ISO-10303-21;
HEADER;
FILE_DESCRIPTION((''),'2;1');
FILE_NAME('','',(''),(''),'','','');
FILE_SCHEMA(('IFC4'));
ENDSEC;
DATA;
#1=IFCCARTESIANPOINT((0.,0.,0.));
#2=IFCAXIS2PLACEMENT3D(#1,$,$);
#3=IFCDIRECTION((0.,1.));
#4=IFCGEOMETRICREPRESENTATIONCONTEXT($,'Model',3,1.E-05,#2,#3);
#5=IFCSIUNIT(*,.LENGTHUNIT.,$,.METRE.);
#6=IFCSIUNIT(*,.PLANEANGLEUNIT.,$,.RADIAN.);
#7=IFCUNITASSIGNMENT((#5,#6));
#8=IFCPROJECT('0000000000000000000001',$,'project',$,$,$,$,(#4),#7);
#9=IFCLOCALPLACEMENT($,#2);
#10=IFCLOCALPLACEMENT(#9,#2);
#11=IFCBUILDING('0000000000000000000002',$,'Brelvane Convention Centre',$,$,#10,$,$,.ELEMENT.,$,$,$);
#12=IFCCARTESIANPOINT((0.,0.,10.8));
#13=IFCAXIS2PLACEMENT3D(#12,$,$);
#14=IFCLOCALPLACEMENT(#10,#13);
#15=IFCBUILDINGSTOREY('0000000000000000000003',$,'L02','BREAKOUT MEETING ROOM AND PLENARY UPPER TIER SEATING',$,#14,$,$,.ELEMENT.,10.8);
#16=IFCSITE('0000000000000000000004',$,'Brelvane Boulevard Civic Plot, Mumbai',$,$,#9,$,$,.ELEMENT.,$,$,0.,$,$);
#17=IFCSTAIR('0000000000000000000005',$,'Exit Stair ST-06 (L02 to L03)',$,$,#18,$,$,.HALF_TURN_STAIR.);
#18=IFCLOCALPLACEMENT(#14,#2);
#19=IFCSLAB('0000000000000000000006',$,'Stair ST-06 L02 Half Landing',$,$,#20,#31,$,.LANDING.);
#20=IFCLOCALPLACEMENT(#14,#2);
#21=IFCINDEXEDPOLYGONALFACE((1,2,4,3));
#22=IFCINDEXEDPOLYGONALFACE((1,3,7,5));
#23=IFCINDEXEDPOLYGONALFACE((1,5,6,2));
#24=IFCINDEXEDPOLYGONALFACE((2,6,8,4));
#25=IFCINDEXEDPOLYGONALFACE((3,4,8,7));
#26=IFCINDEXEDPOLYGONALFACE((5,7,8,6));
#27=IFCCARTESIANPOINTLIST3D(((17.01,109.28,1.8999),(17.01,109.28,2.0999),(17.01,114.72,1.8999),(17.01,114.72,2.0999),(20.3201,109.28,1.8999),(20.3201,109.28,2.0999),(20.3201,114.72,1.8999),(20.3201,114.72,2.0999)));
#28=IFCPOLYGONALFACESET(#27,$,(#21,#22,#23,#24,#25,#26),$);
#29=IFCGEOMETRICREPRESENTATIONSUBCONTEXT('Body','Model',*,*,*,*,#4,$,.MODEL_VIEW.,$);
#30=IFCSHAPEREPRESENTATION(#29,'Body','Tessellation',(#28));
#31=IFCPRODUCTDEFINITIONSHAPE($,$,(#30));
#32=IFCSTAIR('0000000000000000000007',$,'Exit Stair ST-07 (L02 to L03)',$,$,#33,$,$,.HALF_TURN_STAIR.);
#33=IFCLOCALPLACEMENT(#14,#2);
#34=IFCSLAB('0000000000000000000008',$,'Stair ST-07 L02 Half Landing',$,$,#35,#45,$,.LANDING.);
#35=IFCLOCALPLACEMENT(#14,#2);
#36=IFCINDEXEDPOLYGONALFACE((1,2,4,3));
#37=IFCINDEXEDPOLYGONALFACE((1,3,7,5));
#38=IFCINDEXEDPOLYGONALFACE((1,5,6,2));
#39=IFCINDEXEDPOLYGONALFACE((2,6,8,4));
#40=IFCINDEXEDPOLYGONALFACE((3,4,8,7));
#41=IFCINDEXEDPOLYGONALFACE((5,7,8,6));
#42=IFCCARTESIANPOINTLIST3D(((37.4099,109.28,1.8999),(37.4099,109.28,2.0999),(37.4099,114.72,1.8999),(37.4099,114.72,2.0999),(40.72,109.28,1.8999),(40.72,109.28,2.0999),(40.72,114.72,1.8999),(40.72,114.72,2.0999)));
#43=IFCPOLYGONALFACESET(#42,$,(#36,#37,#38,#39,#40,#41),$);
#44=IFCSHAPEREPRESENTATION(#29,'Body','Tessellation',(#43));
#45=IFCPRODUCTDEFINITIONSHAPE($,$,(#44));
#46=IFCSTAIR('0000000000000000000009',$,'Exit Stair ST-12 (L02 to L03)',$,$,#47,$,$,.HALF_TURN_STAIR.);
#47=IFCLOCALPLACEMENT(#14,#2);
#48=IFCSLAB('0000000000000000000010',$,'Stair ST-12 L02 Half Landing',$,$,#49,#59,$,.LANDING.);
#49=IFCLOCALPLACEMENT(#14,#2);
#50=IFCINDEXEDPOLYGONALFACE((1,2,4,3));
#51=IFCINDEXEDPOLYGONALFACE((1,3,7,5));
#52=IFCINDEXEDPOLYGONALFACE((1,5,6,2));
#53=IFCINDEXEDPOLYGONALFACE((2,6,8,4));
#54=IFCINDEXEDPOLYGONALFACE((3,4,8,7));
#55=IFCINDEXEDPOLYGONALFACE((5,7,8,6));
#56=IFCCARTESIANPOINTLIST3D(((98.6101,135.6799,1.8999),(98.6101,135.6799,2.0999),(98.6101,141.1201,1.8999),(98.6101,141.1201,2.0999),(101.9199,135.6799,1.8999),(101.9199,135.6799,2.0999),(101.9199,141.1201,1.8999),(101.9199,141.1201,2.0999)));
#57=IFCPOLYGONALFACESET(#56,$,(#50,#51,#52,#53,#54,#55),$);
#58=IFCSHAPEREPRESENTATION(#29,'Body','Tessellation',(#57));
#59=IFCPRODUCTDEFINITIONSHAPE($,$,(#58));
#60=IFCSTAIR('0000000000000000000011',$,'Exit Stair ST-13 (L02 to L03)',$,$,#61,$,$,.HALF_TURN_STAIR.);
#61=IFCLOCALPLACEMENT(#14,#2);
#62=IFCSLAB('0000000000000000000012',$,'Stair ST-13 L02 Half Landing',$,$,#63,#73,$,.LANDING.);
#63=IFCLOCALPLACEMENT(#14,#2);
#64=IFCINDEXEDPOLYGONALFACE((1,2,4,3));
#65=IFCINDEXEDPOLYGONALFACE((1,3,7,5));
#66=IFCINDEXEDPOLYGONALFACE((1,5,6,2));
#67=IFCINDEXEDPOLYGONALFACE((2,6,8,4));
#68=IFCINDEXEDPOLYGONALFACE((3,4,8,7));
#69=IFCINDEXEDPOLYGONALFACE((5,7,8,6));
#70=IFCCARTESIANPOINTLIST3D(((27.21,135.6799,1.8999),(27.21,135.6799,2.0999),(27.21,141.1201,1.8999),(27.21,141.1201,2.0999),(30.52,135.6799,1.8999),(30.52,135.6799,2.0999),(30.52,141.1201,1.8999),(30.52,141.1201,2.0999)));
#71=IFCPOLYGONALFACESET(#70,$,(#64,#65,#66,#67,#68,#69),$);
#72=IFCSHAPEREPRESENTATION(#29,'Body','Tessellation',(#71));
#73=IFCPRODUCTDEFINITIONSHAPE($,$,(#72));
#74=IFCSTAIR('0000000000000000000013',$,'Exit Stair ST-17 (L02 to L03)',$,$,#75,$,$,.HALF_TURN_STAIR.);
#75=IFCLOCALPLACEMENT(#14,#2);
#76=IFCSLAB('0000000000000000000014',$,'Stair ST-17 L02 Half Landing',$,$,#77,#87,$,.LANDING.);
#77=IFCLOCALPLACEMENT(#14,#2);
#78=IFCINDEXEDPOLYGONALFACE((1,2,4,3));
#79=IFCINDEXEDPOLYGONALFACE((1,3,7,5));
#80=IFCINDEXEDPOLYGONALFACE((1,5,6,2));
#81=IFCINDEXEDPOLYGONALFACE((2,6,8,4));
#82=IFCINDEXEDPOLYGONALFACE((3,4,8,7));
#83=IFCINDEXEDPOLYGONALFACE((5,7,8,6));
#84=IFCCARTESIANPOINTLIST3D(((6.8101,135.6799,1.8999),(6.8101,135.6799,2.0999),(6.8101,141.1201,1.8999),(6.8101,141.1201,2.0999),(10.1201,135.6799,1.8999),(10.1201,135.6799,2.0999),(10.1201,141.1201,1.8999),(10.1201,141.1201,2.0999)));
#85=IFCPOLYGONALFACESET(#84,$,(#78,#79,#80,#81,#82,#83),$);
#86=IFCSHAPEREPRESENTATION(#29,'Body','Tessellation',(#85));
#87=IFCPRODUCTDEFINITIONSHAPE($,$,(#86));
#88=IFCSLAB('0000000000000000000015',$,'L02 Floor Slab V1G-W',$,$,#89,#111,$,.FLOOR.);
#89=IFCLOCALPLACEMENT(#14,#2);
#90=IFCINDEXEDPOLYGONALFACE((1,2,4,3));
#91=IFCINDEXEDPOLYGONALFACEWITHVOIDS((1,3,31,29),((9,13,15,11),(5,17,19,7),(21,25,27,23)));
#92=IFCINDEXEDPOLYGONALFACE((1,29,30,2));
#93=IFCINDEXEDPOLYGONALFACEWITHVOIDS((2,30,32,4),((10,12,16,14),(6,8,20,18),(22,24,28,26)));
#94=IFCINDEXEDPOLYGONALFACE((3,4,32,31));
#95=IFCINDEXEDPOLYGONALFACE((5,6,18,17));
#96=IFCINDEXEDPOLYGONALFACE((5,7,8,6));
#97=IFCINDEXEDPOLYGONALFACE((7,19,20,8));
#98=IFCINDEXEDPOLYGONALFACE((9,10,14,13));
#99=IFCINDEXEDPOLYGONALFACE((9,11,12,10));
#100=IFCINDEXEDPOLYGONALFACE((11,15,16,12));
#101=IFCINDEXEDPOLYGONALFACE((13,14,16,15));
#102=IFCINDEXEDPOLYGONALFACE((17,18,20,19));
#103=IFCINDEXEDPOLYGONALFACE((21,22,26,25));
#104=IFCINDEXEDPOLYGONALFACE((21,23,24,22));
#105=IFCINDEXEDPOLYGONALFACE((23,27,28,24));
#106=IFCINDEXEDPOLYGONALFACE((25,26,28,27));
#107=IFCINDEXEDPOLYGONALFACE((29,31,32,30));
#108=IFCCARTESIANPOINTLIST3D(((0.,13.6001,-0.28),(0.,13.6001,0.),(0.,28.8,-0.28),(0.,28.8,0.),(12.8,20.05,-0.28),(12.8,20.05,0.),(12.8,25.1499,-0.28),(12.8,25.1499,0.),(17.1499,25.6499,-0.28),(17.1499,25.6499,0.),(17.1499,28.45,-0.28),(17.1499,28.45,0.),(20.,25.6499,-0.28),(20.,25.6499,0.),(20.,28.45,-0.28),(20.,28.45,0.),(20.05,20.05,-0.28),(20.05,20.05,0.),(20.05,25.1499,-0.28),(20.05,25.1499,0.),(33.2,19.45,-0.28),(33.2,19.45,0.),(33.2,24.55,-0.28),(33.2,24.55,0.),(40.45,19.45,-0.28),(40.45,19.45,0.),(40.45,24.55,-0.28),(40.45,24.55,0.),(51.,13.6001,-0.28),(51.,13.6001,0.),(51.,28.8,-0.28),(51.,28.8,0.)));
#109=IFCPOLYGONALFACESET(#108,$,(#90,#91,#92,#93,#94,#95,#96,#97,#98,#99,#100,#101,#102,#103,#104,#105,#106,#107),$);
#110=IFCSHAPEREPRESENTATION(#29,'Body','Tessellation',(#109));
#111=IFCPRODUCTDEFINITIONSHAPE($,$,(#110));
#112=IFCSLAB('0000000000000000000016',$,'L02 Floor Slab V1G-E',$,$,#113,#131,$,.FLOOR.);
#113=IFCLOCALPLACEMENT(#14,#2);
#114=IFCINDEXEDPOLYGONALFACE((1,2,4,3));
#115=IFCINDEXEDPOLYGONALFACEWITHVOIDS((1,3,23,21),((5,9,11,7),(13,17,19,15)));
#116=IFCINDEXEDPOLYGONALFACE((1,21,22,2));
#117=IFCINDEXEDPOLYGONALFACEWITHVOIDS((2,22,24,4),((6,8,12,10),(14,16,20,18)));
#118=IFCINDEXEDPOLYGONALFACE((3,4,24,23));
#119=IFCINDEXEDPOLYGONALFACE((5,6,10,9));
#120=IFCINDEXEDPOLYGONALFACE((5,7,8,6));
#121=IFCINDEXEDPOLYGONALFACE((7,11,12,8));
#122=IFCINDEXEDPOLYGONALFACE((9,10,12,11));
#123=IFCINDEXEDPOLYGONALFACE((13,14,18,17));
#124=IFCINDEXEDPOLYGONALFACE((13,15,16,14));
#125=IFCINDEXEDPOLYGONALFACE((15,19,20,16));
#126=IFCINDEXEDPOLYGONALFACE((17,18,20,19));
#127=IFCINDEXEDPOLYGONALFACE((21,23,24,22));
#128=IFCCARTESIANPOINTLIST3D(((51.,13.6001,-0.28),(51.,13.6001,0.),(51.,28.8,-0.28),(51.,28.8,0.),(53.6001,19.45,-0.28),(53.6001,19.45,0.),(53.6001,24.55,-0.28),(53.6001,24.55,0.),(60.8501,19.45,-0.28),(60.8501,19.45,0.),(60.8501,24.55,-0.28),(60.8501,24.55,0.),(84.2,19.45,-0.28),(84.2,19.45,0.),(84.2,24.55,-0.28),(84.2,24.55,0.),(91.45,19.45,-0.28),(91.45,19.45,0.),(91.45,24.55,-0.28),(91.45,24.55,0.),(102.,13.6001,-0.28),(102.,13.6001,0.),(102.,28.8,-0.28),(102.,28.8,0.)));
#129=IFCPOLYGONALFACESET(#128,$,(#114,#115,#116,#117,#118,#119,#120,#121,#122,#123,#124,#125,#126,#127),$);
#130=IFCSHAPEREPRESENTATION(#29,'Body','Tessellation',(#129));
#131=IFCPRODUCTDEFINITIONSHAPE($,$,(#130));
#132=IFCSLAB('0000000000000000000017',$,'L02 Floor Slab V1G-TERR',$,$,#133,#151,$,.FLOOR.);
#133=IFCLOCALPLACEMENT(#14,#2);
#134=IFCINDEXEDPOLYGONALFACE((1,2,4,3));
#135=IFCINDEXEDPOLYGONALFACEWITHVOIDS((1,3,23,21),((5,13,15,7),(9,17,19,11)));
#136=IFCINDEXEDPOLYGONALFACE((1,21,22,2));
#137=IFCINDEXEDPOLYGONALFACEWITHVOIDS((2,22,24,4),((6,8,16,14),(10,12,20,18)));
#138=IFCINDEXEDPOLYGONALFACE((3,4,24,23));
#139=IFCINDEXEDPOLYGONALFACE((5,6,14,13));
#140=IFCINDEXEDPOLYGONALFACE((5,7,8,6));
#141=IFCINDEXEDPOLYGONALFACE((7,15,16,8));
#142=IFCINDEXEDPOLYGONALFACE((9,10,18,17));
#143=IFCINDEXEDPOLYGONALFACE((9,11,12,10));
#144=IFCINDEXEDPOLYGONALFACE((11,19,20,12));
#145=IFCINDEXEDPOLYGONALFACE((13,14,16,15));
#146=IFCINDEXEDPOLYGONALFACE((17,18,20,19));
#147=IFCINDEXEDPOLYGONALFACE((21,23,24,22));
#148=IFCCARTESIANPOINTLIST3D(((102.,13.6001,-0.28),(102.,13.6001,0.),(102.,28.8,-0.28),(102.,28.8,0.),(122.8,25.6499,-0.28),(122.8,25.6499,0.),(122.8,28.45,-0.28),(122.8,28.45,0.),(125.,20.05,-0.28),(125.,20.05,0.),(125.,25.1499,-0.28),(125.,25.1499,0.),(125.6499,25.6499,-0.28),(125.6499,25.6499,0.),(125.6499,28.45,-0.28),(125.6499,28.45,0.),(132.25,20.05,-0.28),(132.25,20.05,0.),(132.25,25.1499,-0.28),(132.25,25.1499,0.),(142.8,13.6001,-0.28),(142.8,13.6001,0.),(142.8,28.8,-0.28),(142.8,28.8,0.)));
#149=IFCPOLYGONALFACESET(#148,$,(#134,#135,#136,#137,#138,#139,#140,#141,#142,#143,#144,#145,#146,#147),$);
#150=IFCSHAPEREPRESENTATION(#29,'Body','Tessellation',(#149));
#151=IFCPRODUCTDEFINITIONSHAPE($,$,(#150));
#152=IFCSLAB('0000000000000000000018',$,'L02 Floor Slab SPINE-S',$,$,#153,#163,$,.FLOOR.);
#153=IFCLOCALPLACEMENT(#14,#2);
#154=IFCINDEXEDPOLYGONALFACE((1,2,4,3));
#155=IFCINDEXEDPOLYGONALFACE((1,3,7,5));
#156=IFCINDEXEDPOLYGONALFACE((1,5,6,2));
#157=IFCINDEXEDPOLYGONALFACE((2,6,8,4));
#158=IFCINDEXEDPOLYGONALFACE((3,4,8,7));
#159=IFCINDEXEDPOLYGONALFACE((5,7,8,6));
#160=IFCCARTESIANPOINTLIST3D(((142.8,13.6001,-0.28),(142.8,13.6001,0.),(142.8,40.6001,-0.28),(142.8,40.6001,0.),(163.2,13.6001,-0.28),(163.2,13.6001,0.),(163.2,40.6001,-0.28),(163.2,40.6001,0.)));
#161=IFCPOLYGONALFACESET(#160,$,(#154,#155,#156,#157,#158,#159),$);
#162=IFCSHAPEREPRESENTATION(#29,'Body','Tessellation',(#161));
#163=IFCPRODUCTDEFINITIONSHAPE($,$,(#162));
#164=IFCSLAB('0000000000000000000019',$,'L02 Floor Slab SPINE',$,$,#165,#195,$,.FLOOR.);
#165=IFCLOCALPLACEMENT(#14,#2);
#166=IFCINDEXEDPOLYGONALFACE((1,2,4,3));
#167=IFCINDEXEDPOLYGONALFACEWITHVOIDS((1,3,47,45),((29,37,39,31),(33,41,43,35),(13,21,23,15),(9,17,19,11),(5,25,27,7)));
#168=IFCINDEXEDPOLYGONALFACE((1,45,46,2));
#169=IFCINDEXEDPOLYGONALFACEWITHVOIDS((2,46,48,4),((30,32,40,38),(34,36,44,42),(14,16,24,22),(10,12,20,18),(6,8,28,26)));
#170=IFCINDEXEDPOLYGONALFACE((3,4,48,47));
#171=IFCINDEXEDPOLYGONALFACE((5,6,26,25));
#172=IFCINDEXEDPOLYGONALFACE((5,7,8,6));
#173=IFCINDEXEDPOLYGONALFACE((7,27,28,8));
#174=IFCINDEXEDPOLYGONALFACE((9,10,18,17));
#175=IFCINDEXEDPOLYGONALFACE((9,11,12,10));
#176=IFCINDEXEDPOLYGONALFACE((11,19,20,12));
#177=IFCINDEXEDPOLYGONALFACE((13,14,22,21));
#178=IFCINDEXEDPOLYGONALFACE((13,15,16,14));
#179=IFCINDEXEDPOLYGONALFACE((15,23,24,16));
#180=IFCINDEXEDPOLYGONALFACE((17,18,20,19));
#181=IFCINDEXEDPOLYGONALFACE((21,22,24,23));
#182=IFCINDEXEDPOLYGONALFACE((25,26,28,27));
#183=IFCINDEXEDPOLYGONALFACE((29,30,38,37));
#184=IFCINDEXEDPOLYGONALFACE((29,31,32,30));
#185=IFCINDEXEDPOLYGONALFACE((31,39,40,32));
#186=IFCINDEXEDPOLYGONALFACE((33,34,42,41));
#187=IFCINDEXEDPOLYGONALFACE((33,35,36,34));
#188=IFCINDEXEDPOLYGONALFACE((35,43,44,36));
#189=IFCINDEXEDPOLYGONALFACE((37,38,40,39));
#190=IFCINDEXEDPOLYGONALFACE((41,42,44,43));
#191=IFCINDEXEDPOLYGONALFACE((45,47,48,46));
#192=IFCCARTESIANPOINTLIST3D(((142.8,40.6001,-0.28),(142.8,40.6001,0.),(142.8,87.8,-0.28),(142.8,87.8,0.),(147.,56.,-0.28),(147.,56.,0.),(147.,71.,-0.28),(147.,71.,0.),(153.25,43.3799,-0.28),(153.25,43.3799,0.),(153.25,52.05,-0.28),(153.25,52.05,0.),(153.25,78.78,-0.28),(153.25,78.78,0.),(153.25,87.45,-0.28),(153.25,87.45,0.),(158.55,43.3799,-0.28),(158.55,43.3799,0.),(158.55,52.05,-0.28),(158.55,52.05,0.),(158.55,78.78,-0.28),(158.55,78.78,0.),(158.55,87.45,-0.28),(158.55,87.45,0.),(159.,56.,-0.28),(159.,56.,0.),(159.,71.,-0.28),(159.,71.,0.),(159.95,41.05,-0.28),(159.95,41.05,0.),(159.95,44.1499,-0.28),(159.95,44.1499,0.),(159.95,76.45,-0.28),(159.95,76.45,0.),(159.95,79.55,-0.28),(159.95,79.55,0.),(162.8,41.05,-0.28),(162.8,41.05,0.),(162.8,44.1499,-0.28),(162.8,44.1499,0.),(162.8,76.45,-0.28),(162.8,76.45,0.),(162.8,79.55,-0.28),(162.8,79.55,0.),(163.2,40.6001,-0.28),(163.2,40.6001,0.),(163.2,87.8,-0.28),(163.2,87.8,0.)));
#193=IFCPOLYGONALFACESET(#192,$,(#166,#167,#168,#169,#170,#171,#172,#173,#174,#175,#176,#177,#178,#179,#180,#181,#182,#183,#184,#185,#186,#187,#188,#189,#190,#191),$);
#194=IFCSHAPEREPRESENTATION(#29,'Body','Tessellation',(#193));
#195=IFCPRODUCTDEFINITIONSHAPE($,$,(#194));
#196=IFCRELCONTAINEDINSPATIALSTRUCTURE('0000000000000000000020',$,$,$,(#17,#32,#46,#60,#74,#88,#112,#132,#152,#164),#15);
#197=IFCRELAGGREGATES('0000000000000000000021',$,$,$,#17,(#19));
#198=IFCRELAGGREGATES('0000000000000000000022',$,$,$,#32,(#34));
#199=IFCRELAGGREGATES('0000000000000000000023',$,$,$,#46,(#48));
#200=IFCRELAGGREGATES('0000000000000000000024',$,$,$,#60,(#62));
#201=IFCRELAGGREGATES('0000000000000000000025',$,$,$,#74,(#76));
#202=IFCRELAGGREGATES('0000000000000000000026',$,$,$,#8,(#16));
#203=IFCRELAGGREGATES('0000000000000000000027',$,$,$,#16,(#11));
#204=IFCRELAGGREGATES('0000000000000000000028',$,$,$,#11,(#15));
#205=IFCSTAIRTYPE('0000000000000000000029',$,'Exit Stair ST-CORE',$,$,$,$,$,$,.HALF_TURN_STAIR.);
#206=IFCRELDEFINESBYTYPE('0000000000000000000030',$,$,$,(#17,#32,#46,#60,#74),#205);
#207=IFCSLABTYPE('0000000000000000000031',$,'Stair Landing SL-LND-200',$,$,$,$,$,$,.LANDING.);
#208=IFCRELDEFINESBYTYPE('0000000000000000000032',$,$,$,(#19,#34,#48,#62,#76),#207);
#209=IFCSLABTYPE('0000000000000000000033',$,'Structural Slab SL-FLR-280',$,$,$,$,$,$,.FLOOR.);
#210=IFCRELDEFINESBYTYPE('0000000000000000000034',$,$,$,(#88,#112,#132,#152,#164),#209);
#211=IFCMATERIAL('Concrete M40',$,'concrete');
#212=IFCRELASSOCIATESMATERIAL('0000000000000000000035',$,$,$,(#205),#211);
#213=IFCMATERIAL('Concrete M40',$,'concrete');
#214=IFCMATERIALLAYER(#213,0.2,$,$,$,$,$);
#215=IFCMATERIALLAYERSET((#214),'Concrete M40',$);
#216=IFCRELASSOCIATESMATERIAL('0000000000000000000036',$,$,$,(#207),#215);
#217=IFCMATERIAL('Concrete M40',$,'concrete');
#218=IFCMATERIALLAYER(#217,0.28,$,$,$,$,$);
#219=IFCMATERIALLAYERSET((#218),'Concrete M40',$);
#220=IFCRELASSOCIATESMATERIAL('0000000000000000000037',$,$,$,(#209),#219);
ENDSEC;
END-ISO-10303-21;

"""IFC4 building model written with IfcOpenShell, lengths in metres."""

from ifc_helpers import new_model, si_unit, direction, frame, origin, place, context, subcontext, project, spatial, polyline, outline, extrude, material, layer, layer_set, type_object, element, aggregate, save


model = new_model("IFC4")

# Units and contexts
model_context = context("Model", 3, precision=1e-05, world=origin(), true_north=direction((0.0, 1.0)))
body_context = subcontext(model_context, "Body", "Model", "MODEL_VIEW")
ifc_project = project(units=[si_unit("LENGTHUNIT", "METRE"), si_unit("PLANEANGLEUNIT", "RADIAN")], contexts=[model_context])

# Site, building, storey
site_placement = place(None, origin())
site = spatial("IfcSite", under=ifc_project, at=site_placement, Name="Brelvane Boulevard Civic Plot, Mumbai", CompositionType="ELEMENT", RefElevation=0.0)
building_placement = place(site_placement, origin())
building = spatial("IfcBuilding", under=site, at=building_placement, Name="Brelvane Convention Centre", CompositionType="ELEMENT")
storey_placement = place(building_placement, frame((0.0, 0.0, 10.8)))
storey = spatial("IfcBuildingStorey", under=building, at=storey_placement, Name="L02", Description="BREAKOUT MEETING ROOM AND PLENARY UPPER TIER SEATING", CompositionType="ELEMENT", Elevation=10.8)

# Stairs, slabs
ifc_material_1 = material(Name="Concrete M40", Category="concrete")
stair_type = type_object("IfcStairType", Name="Exit Stair ST-CORE", PredefinedType="HALF_TURN_STAIR", material=ifc_material_1)
stair_1_placement = place(storey_placement, origin())
stair_1 = element("IfcStair", 1, at=stair_1_placement, inside=storey, type_object=stair_type, Name="Exit Stair ST-06 (L02 to L03)", PredefinedType="HALF_TURN_STAIR")
ifc_material_2 = material(Name="Concrete M40", Category="concrete")
ifc_layer_1 = layer(ifc_material_2, 0.2)
ifc_layer_set_1 = layer_set([ifc_layer_1], Name="Concrete M40")
slab_type_1 = type_object("IfcSlabType", Name="Stair Landing SL-LND-200", PredefinedType="LANDING", material=ifc_layer_set_1)
slab_1_placement = place(storey_placement, frame((0.0, 0.0, 1.8999)))
slab_1 = element("IfcSlab", 2, at=slab_1_placement, type_object=slab_type_1, Name="Stair ST-06 L02 Half Landing", PredefinedType="LANDING", context=body_context, shape_type="SweptSolid", body=[
    extrude(outline(polyline([(17.01, 109.28), (20.3201, 109.28), (20.3201, 114.72), (17.01, 114.72), (17.01, 109.28)])), origin(), (0.0, 0.0, 1.0), 0.2),
])
aggregate(stair_1, [slab_1])
stair_2_placement = place(storey_placement, origin())
stair_2 = element("IfcStair", 3, at=stair_2_placement, inside=storey, type_object=stair_type, Name="Exit Stair ST-07 (L02 to L03)", PredefinedType="HALF_TURN_STAIR")
slab_2_placement = place(storey_placement, frame((0.0, 0.0, 1.8999)))
slab_2 = element("IfcSlab", 4, at=slab_2_placement, type_object=slab_type_1, Name="Stair ST-07 L02 Half Landing", PredefinedType="LANDING", context=body_context, shape_type="SweptSolid", body=[
    extrude(outline(polyline([(37.4099, 109.28), (40.72, 109.28), (40.72, 114.72), (37.4099, 114.72), (37.4099, 109.28)])), origin(), (0.0, 0.0, 1.0), 0.2),
])
aggregate(stair_2, [slab_2])
stair_3_placement = place(storey_placement, origin())
stair_3 = element("IfcStair", 5, at=stair_3_placement, inside=storey, type_object=stair_type, Name="Exit Stair ST-12 (L02 to L03)", PredefinedType="HALF_TURN_STAIR")
slab_3_placement = place(storey_placement, frame((0.0, 0.0, 1.8999)))
slab_3 = element("IfcSlab", 6, at=slab_3_placement, type_object=slab_type_1, Name="Stair ST-12 L02 Half Landing", PredefinedType="LANDING", context=body_context, shape_type="SweptSolid", body=[
    extrude(outline(polyline([(98.6101, 135.6799), (101.9199, 135.6799), (101.9199, 141.1201), (98.6101, 141.1201), (98.6101, 135.6799)])), origin(), (0.0, 0.0, 1.0), 0.2),
])
aggregate(stair_3, [slab_3])
stair_4_placement = place(storey_placement, origin())
stair_4 = element("IfcStair", 7, at=stair_4_placement, inside=storey, type_object=stair_type, Name="Exit Stair ST-13 (L02 to L03)", PredefinedType="HALF_TURN_STAIR")
slab_4_placement = place(storey_placement, frame((0.0, 0.0, 1.8999)))
slab_4 = element("IfcSlab", 8, at=slab_4_placement, type_object=slab_type_1, Name="Stair ST-13 L02 Half Landing", PredefinedType="LANDING", context=body_context, shape_type="SweptSolid", body=[
    extrude(outline(polyline([(27.21, 135.6799), (30.52, 135.6799), (30.52, 141.1201), (27.21, 141.1201), (27.21, 135.6799)])), origin(), (0.0, 0.0, 1.0), 0.2),
])
aggregate(stair_4, [slab_4])
stair_5_placement = place(storey_placement, origin())
stair_5 = element("IfcStair", 9, at=stair_5_placement, inside=storey, type_object=stair_type, Name="Exit Stair ST-17 (L02 to L03)", PredefinedType="HALF_TURN_STAIR")
slab_5_placement = place(storey_placement, frame((0.0, 0.0, 1.8999)))
slab_5 = element("IfcSlab", 10, at=slab_5_placement, type_object=slab_type_1, Name="Stair ST-17 L02 Half Landing", PredefinedType="LANDING", context=body_context, shape_type="SweptSolid", body=[
    extrude(outline(polyline([(6.8101, 135.6799), (10.1201, 135.6799), (10.1201, 141.1201), (6.8101, 141.1201), (6.8101, 135.6799)])), origin(), (0.0, 0.0, 1.0), 0.2),
])
aggregate(stair_5, [slab_5])

# Slabs
ifc_material_3 = material(Name="Concrete M40", Category="concrete")
ifc_layer_2 = layer(ifc_material_3, 0.28)
ifc_layer_set_2 = layer_set([ifc_layer_2], Name="Concrete M40")
slab_type_2 = type_object("IfcSlabType", Name="Structural Slab SL-FLR-280", PredefinedType="FLOOR", material=ifc_layer_set_2)
slab_6_placement = place(storey_placement, frame((0.0, 0.0, -0.28)))
element("IfcSlab", 11, at=slab_6_placement, inside=storey, type_object=slab_type_2, Name="L02 Floor Slab V1G-W", PredefinedType="FLOOR", context=body_context, shape_type="SweptSolid", body=[
    extrude(outline(polyline([(0.0, 13.6001), (51.0, 13.6001), (51.0, 28.8), (0.0, 28.8), (0.0, 13.6001)]), holes=[polyline([(12.8, 20.05), (20.05, 20.05), (20.05, 25.1499), (12.8, 25.1499), (12.8, 20.05)]), polyline([(17.1499, 25.6499), (20.0, 25.6499), (20.0, 28.45), (17.1499, 28.45), (17.1499, 25.6499)]), polyline([(33.2, 19.45), (40.45, 19.45), (40.45, 24.55), (33.2, 24.55), (33.2, 19.45)])]), origin(), (0.0, 0.0, 1.0), 0.28),
])
slab_7_placement = place(storey_placement, frame((0.0, 0.0, -0.28)))
element("IfcSlab", 12, at=slab_7_placement, inside=storey, type_object=slab_type_2, Name="L02 Floor Slab V1G-E", PredefinedType="FLOOR", context=body_context, shape_type="SweptSolid", body=[
    extrude(outline(polyline([(51.0, 13.6001), (102.0, 13.6001), (102.0, 28.8), (51.0, 28.8), (51.0, 13.6001)]), holes=[polyline([(53.6001, 19.45), (60.8501, 19.45), (60.8501, 24.55), (53.6001, 24.55), (53.6001, 19.45)]), polyline([(84.2, 19.45), (91.45, 19.45), (91.45, 24.55), (84.2, 24.55), (84.2, 19.45)])]), origin(), (0.0, 0.0, 1.0), 0.28),
])
slab_8_placement = place(storey_placement, frame((0.0, 0.0, -0.28)))
element("IfcSlab", 13, at=slab_8_placement, inside=storey, type_object=slab_type_2, Name="L02 Floor Slab V1G-TERR", PredefinedType="FLOOR", context=body_context, shape_type="SweptSolid", body=[
    extrude(outline(polyline([(102.0, 13.6001), (142.8, 13.6001), (142.8, 28.8), (102.0, 28.8), (102.0, 13.6001)]), holes=[polyline([(125.0, 20.05), (132.25, 20.05), (132.25, 25.1499), (125.0, 25.1499), (125.0, 20.05)]), polyline([(122.8, 25.6499), (125.6499, 25.6499), (125.6499, 28.45), (122.8, 28.45), (122.8, 25.6499)])]), origin(), (0.0, 0.0, 1.0), 0.28),
])
slab_9_placement = place(storey_placement, frame((0.0, 0.0, -0.28)))
element("IfcSlab", 14, at=slab_9_placement, inside=storey, type_object=slab_type_2, Name="L02 Floor Slab SPINE-S", PredefinedType="FLOOR", context=body_context, shape_type="SweptSolid", body=[
    extrude(outline(polyline([(142.8, 13.6001), (163.2, 13.6001), (163.2, 40.6001), (142.8, 40.6001), (142.8, 13.6001)])), origin(), (0.0, 0.0, 1.0), 0.28),
])
slab_10_placement = place(storey_placement, frame((0.0, 0.0, -0.28)))
element("IfcSlab", 15, at=slab_10_placement, inside=storey, type_object=slab_type_2, Name="L02 Floor Slab SPINE", PredefinedType="FLOOR", context=body_context, shape_type="SweptSolid", body=[
    extrude(outline(polyline([(142.8, 40.6001), (163.2, 40.6001), (163.2, 87.8), (142.8, 87.8), (142.8, 40.6001)]), holes=[polyline([(153.25, 43.3799), (158.55, 43.3799), (158.55, 52.05), (153.25, 52.05), (153.25, 43.3799)]), polyline([(159.95, 41.05), (162.8, 41.05), (162.8, 44.1499), (159.95, 44.1499), (159.95, 41.05)]), polyline([(153.25, 78.78), (158.55, 78.78), (158.55, 87.45), (153.25, 87.45), (153.25, 78.78)]), polyline([(159.95, 76.45), (162.8, 76.45), (162.8, 79.55), (159.95, 79.55), (159.95, 76.45)]), polyline([(147.0, 56.0), (159.0, 56.0), (159.0, 71.0), (147.0, 71.0), (147.0, 56.0)])]), origin(), (0.0, 0.0, 1.0), 0.28),
])

save(model, "model.ifc")
